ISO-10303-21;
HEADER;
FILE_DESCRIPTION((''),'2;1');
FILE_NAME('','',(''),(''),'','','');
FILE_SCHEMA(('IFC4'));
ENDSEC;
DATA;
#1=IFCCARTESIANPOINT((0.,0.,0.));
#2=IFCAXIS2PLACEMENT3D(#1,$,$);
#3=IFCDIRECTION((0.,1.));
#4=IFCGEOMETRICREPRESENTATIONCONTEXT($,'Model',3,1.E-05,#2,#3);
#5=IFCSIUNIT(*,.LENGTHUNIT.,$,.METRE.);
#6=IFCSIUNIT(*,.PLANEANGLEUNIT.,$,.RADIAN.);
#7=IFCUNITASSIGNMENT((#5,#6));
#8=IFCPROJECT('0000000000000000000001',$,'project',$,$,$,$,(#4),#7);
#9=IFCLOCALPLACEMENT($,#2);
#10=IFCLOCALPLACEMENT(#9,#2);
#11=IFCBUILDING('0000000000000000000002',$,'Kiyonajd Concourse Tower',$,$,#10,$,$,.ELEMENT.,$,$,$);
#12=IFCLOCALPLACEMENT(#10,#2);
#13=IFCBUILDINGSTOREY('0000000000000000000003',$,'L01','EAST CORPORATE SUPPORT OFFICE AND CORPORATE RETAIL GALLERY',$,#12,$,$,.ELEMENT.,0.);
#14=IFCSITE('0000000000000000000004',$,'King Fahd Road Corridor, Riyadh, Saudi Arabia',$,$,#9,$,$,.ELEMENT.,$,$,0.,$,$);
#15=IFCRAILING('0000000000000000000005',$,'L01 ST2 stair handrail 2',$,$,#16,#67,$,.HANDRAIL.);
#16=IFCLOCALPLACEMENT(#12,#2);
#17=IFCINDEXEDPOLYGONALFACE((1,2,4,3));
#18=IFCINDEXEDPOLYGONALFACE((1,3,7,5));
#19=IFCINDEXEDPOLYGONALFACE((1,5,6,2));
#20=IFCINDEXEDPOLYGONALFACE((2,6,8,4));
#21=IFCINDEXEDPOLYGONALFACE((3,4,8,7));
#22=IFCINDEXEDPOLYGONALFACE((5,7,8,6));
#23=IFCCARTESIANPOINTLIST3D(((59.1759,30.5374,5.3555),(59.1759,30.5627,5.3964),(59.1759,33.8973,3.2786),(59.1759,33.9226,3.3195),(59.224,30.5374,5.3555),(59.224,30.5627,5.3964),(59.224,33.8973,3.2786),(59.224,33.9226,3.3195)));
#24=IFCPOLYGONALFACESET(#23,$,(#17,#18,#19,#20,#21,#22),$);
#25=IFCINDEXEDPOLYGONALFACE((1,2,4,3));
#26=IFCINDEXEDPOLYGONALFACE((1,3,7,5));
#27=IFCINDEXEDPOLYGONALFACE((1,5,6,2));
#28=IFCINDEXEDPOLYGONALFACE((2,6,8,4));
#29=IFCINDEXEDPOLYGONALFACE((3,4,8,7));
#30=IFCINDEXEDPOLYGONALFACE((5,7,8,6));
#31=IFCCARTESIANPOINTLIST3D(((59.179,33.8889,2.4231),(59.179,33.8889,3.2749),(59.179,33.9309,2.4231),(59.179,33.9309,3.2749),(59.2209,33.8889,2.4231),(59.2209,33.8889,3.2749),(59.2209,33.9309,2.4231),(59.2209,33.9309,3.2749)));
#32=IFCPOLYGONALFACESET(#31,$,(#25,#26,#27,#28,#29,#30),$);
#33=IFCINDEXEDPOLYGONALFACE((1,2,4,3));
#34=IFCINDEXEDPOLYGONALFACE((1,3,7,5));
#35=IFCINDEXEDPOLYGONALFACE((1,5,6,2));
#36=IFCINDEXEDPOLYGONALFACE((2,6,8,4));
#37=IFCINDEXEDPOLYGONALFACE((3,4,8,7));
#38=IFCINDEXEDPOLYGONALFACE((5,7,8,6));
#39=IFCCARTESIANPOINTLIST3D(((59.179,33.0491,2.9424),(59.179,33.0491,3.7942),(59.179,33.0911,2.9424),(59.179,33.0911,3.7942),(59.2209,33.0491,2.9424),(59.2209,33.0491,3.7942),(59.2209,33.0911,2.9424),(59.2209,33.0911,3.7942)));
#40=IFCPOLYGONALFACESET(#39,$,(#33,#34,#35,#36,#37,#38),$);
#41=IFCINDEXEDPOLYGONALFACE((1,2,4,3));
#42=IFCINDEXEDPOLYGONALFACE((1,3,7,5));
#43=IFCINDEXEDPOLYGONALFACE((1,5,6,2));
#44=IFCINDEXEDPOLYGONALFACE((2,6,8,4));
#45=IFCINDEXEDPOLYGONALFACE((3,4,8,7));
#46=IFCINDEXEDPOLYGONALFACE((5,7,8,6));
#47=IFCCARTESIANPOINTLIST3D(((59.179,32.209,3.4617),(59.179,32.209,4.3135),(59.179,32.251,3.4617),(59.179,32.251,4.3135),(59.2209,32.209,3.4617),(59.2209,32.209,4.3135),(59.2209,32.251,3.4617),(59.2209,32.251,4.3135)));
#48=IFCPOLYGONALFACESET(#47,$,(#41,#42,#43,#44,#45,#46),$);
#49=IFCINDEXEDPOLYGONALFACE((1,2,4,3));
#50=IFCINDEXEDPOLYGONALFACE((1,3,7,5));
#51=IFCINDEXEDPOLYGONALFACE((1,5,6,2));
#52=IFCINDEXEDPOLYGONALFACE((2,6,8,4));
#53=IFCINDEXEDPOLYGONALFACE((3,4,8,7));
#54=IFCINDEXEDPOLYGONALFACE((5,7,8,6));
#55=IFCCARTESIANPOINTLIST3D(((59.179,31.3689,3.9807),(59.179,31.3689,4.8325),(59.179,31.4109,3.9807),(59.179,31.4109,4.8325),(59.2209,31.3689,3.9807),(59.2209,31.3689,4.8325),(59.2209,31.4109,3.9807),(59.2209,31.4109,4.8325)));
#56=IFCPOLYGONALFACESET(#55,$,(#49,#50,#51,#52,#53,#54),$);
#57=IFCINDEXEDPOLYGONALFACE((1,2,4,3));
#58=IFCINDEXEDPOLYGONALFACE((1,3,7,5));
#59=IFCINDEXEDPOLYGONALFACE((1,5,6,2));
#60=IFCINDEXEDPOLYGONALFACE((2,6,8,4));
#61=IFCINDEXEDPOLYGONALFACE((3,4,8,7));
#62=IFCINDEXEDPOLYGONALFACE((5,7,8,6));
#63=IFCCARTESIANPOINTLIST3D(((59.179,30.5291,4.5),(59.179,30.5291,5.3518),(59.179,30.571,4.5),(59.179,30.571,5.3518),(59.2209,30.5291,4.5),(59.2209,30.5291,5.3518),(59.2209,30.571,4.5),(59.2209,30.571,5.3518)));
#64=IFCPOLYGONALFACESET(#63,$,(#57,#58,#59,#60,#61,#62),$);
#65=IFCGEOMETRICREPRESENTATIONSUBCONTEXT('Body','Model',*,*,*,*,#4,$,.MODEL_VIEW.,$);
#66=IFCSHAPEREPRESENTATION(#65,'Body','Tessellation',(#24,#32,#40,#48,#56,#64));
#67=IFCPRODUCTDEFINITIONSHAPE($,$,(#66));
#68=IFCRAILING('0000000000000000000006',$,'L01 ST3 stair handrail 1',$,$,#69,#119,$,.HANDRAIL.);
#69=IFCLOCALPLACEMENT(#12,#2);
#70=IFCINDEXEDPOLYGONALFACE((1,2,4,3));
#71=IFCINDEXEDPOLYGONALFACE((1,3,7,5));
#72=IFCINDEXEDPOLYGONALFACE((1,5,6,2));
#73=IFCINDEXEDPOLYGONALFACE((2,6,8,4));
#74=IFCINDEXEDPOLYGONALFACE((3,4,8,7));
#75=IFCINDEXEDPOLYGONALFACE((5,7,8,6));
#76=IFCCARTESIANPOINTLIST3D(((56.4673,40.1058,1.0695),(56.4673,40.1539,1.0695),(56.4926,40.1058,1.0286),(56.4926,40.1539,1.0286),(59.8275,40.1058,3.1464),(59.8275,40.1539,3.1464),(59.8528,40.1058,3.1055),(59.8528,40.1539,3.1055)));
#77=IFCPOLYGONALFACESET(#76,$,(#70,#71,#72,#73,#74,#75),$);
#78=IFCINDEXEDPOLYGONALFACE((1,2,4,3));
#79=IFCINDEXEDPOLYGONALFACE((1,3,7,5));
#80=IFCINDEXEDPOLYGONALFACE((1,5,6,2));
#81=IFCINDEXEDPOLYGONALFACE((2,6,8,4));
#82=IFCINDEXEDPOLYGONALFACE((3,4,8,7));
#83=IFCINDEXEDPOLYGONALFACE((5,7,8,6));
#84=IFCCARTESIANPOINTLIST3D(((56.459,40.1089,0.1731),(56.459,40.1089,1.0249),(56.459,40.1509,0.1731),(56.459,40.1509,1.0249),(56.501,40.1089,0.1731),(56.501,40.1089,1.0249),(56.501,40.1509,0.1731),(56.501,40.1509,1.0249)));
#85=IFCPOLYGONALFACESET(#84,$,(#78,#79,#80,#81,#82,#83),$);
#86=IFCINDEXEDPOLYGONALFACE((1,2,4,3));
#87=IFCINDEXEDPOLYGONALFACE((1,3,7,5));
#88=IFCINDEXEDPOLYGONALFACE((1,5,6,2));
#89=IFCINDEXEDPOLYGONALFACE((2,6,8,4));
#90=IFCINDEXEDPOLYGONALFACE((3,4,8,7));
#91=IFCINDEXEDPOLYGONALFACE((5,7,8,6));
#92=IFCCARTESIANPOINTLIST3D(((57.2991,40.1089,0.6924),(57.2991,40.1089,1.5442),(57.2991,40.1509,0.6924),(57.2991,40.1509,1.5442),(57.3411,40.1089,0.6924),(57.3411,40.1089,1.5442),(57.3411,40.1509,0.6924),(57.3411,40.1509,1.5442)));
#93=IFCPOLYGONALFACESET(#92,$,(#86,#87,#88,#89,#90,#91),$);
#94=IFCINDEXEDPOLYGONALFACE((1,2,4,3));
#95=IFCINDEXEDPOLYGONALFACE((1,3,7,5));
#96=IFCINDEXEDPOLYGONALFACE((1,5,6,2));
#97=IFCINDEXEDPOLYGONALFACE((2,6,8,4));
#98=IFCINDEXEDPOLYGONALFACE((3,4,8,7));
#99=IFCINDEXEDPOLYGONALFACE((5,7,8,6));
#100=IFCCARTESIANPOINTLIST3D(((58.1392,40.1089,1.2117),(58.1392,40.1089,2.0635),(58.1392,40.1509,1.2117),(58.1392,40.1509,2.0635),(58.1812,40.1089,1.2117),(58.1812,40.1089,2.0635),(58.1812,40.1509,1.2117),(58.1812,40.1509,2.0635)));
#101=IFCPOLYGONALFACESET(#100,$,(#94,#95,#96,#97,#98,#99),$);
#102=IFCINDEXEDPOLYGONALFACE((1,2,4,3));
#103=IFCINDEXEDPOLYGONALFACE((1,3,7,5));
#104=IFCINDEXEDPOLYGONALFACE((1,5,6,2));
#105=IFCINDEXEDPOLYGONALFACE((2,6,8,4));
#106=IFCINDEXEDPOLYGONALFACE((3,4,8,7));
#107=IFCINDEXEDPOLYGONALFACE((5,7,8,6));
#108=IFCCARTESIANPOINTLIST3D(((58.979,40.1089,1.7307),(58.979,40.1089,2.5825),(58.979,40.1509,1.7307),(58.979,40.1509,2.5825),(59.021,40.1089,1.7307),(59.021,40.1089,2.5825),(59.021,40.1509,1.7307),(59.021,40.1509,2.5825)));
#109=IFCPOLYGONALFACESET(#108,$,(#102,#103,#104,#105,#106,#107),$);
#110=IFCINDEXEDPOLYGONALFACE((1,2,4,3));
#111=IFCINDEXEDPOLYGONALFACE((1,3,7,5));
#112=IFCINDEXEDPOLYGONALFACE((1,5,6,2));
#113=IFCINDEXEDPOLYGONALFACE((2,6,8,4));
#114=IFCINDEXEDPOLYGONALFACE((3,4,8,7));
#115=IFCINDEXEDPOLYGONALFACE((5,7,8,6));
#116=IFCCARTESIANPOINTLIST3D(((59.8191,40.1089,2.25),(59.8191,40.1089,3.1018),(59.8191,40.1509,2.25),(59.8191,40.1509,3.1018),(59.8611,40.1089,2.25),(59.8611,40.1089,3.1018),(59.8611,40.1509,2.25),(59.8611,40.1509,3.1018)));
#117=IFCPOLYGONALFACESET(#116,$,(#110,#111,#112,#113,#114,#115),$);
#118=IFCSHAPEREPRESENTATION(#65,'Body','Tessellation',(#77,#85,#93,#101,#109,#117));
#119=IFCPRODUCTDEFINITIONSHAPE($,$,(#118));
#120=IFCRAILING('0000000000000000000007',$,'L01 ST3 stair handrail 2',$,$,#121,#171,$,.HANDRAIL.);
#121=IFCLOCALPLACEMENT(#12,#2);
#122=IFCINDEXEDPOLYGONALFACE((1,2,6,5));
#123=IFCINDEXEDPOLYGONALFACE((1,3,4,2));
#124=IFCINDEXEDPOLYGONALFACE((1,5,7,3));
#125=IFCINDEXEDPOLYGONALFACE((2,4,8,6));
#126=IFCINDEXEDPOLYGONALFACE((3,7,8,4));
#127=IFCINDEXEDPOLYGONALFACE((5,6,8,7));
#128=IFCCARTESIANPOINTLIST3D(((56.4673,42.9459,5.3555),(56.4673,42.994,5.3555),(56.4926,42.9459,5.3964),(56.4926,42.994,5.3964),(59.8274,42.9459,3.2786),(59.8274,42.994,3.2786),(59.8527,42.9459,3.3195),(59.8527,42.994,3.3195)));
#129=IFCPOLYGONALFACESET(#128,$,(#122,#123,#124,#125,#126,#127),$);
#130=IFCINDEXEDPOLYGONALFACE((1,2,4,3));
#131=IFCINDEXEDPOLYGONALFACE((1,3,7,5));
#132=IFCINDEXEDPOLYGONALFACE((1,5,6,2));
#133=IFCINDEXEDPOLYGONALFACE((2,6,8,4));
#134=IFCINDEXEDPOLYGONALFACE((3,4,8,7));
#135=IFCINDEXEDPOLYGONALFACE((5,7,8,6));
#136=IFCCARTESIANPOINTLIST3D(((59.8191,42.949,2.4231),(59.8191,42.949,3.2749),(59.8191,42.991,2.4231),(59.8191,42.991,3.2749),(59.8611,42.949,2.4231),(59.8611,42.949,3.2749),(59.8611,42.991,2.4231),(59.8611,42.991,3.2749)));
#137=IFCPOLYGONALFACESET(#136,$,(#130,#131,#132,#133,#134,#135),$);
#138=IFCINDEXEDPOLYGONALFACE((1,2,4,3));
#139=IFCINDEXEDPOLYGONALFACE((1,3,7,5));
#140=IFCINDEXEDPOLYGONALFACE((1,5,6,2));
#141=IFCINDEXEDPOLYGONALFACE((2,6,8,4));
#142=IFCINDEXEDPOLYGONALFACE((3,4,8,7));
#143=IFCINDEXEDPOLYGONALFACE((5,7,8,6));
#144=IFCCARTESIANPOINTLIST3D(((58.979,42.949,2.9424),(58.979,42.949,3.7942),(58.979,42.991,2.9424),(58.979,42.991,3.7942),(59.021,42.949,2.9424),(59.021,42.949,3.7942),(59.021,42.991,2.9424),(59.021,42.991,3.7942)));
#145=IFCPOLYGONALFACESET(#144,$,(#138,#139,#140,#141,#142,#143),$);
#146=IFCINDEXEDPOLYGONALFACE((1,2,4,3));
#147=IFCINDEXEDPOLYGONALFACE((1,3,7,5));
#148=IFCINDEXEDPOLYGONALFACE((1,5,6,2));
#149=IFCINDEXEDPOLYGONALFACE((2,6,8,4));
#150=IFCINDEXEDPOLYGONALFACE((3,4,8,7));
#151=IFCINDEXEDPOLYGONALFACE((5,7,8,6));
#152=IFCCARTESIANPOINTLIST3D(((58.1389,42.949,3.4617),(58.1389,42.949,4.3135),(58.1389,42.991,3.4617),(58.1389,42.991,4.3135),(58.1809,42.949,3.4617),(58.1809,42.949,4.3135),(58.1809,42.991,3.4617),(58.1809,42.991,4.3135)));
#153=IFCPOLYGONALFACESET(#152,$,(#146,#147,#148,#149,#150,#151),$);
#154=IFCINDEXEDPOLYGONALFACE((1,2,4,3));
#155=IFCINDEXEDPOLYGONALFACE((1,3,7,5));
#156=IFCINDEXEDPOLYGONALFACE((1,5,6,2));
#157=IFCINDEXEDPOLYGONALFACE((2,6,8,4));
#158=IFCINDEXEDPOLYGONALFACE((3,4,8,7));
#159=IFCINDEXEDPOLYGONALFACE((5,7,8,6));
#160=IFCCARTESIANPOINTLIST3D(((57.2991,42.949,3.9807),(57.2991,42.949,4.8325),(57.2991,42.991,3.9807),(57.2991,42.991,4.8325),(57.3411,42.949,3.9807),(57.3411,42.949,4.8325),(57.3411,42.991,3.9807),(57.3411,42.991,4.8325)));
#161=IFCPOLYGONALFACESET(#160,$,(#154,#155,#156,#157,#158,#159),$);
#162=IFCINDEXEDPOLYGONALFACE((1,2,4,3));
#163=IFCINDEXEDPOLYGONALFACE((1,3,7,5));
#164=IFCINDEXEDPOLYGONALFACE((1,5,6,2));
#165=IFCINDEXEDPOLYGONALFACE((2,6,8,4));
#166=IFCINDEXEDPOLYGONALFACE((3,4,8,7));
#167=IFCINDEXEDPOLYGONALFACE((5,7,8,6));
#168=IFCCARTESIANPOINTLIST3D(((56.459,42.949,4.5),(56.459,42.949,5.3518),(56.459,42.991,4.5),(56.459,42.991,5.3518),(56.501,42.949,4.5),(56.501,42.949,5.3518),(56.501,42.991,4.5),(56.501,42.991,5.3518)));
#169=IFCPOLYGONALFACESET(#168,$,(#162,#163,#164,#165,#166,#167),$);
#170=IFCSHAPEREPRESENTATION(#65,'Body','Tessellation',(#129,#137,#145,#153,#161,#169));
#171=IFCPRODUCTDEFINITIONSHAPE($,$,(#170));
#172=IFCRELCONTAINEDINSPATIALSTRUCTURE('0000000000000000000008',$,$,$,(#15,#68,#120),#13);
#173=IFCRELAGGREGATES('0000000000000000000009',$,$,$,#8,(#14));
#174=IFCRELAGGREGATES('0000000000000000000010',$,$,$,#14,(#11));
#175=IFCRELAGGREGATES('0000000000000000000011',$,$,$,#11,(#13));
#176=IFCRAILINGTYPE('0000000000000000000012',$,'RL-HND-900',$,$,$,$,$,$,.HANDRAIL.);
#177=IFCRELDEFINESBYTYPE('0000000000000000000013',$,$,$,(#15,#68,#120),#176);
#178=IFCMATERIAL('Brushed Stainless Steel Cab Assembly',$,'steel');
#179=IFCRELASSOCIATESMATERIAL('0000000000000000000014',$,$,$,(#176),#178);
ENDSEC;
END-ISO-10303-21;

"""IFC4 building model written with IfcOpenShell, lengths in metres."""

from ifc_helpers import new_model, si_unit, direction, frame, origin, origin_2d, place, context, subcontext, project, spatial, rectangle, extrude, material, type_object, element, save


model = new_model("IFC4")

# Units and contexts
model_context = context("Model", 3, precision=1e-05, world=origin(), true_north=direction((0.0, 1.0)))
body_context = subcontext(model_context, "Body", "Model", "MODEL_VIEW")
ifc_project = project(units=[si_unit("LENGTHUNIT", "METRE"), si_unit("PLANEANGLEUNIT", "RADIAN")], contexts=[model_context])

# Site, building, storey
site_placement = place(None, origin())
site = spatial("IfcSite", under=ifc_project, at=site_placement, Name="King Fahd Road Corridor, Riyadh, Saudi Arabia", CompositionType="ELEMENT", RefElevation=0.0)
building_placement = place(site_placement, origin())
building = spatial("IfcBuilding", under=site, at=building_placement, Name="Kiyonajd Concourse Tower", CompositionType="ELEMENT")
storey_placement = place(building_placement, origin())
storey = spatial("IfcBuildingStorey", under=building, at=storey_placement, Name="L01", Description="EAST CORPORATE SUPPORT OFFICE AND CORPORATE RETAIL GALLERY", CompositionType="ELEMENT", Elevation=0.0)

# Shared definitions
ifc_material_1 = material(Name="Brushed Stainless Steel Cab Assembly", Category="steel")

# Railings
railing_type_1 = type_object("IfcRailingType", Name="RL-HND-900", PredefinedType="HANDRAIL", material=ifc_material_1)
railing_1_placement = place(storey_placement, frame((59.2, 33.9099, 2.4231)))
element("IfcRailing", 1, at=railing_1_placement, inside=storey, type_object=railing_type_1, Name="L01 ST2 stair handrail 2", PredefinedType="HANDRAIL", context=body_context, shape_type="SweptSolid", body=[
    extrude(rectangle(XDim=0.0481, YDim=0.0481, at=origin_2d()), frame((0.0, 0.0, 0.876), z_axis=(0.0, -0.850606, 0.525803), x_axis=(1.0, 0.0, 0.0)), (0.0, 0.0, 1.0), 3.95),
    extrude(rectangle(XDim=0.042, YDim=0.042, at=origin_2d()), origin(), (0.0, 0.0, 1.0), 0.8518),
    extrude(rectangle(XDim=0.042, YDim=0.042, at=origin_2d()), frame((0.0, -0.8398, 0.5193)), (0.0, 0.0, 1.0), 0.8518),
    extrude(rectangle(XDim=0.042, YDim=0.042, at=origin_2d()), frame((0.0, -1.6799, 1.0386)), (0.0, 0.0, 1.0), 0.8518),
    extrude(rectangle(XDim=0.042, YDim=0.042, at=origin_2d()), frame((0.0, -2.52, 1.5576)), (0.0, 0.0, 1.0), 0.8518),
    extrude(rectangle(XDim=0.042, YDim=0.042, at=origin_2d()), frame((0.0, -3.3599, 2.0769)), (0.0, 0.0, 1.0), 0.8518),
])
railing_2_placement = place(storey_placement, frame((56.48, 40.1299, 0.1731)))
element("IfcRailing", 2, at=railing_2_placement, inside=storey, type_object=railing_type_1, Name="L01 ST3 stair handrail 1", PredefinedType="HANDRAIL", context=body_context, shape_type="SweptSolid", body=[
    extrude(rectangle(XDim=0.0481, YDim=0.0481, at=origin_2d()), frame((0.0, 0.0, 0.876), z_axis=(0.850623, 0.0, 0.525776), x_axis=(0.0, 1.0, 0.0)), (0.0, 0.0, 1.0), 3.9502),
    extrude(rectangle(XDim=0.042, YDim=0.042, at=origin_2d()), origin(), (0.0, 0.0, 1.0), 0.8518),
    extrude(rectangle(XDim=0.042, YDim=0.042, at=origin_2d()), frame((0.8401, 0.0, 0.5193)), (0.0, 0.0, 1.0), 0.8518),
    extrude(rectangle(XDim=0.042, YDim=0.042, at=origin_2d()), frame((1.6802, 0.0, 1.0386)), (0.0, 0.0, 1.0), 0.8518),
    extrude(rectangle(XDim=0.042, YDim=0.042, at=origin_2d()), frame((2.52, 0.0, 1.5576)), (0.0, 0.0, 1.0), 0.8518),
    extrude(rectangle(XDim=0.042, YDim=0.042, at=origin_2d()), frame((3.3601, 0.0, 2.0769)), (0.0, 0.0, 1.0), 0.8518),
])
railing_3_placement = place(storey_placement, frame((59.8401, 42.97, 2.4231)))
element("IfcRailing", 3, at=railing_3_placement, inside=storey, type_object=railing_type_1, Name="L01 ST3 stair handrail 2", PredefinedType="HANDRAIL", context=body_context, shape_type="SweptSolid", body=[
    extrude(rectangle(XDim=0.0481, YDim=0.0481, at=origin_2d()), frame((0.0, 0.0, 0.876), z_axis=(-0.850623, 0.0, 0.525776), x_axis=(0.0, -1.0, 0.0)), (0.0, 0.0, 1.0), 3.9502),
    extrude(rectangle(XDim=0.042, YDim=0.042, at=origin_2d()), origin(), (0.0, 0.0, 1.0), 0.8518),
    extrude(rectangle(XDim=0.042, YDim=0.042, at=origin_2d()), frame((-0.8401, 0.0, 0.5193)), (0.0, 0.0, 1.0), 0.8518),
    extrude(rectangle(XDim=0.042, YDim=0.042, at=origin_2d()), frame((-1.6802, 0.0, 1.0386)), (0.0, 0.0, 1.0), 0.8518),
    extrude(rectangle(XDim=0.042, YDim=0.042, at=origin_2d()), frame((-2.52, 0.0, 1.5576)), (0.0, 0.0, 1.0), 0.8518),
    extrude(rectangle(XDim=0.042, YDim=0.042, at=origin_2d()), frame((-3.3601, 0.0, 2.0769)), (0.0, 0.0, 1.0), 0.8518),
])

save(model, "model.ifc")
